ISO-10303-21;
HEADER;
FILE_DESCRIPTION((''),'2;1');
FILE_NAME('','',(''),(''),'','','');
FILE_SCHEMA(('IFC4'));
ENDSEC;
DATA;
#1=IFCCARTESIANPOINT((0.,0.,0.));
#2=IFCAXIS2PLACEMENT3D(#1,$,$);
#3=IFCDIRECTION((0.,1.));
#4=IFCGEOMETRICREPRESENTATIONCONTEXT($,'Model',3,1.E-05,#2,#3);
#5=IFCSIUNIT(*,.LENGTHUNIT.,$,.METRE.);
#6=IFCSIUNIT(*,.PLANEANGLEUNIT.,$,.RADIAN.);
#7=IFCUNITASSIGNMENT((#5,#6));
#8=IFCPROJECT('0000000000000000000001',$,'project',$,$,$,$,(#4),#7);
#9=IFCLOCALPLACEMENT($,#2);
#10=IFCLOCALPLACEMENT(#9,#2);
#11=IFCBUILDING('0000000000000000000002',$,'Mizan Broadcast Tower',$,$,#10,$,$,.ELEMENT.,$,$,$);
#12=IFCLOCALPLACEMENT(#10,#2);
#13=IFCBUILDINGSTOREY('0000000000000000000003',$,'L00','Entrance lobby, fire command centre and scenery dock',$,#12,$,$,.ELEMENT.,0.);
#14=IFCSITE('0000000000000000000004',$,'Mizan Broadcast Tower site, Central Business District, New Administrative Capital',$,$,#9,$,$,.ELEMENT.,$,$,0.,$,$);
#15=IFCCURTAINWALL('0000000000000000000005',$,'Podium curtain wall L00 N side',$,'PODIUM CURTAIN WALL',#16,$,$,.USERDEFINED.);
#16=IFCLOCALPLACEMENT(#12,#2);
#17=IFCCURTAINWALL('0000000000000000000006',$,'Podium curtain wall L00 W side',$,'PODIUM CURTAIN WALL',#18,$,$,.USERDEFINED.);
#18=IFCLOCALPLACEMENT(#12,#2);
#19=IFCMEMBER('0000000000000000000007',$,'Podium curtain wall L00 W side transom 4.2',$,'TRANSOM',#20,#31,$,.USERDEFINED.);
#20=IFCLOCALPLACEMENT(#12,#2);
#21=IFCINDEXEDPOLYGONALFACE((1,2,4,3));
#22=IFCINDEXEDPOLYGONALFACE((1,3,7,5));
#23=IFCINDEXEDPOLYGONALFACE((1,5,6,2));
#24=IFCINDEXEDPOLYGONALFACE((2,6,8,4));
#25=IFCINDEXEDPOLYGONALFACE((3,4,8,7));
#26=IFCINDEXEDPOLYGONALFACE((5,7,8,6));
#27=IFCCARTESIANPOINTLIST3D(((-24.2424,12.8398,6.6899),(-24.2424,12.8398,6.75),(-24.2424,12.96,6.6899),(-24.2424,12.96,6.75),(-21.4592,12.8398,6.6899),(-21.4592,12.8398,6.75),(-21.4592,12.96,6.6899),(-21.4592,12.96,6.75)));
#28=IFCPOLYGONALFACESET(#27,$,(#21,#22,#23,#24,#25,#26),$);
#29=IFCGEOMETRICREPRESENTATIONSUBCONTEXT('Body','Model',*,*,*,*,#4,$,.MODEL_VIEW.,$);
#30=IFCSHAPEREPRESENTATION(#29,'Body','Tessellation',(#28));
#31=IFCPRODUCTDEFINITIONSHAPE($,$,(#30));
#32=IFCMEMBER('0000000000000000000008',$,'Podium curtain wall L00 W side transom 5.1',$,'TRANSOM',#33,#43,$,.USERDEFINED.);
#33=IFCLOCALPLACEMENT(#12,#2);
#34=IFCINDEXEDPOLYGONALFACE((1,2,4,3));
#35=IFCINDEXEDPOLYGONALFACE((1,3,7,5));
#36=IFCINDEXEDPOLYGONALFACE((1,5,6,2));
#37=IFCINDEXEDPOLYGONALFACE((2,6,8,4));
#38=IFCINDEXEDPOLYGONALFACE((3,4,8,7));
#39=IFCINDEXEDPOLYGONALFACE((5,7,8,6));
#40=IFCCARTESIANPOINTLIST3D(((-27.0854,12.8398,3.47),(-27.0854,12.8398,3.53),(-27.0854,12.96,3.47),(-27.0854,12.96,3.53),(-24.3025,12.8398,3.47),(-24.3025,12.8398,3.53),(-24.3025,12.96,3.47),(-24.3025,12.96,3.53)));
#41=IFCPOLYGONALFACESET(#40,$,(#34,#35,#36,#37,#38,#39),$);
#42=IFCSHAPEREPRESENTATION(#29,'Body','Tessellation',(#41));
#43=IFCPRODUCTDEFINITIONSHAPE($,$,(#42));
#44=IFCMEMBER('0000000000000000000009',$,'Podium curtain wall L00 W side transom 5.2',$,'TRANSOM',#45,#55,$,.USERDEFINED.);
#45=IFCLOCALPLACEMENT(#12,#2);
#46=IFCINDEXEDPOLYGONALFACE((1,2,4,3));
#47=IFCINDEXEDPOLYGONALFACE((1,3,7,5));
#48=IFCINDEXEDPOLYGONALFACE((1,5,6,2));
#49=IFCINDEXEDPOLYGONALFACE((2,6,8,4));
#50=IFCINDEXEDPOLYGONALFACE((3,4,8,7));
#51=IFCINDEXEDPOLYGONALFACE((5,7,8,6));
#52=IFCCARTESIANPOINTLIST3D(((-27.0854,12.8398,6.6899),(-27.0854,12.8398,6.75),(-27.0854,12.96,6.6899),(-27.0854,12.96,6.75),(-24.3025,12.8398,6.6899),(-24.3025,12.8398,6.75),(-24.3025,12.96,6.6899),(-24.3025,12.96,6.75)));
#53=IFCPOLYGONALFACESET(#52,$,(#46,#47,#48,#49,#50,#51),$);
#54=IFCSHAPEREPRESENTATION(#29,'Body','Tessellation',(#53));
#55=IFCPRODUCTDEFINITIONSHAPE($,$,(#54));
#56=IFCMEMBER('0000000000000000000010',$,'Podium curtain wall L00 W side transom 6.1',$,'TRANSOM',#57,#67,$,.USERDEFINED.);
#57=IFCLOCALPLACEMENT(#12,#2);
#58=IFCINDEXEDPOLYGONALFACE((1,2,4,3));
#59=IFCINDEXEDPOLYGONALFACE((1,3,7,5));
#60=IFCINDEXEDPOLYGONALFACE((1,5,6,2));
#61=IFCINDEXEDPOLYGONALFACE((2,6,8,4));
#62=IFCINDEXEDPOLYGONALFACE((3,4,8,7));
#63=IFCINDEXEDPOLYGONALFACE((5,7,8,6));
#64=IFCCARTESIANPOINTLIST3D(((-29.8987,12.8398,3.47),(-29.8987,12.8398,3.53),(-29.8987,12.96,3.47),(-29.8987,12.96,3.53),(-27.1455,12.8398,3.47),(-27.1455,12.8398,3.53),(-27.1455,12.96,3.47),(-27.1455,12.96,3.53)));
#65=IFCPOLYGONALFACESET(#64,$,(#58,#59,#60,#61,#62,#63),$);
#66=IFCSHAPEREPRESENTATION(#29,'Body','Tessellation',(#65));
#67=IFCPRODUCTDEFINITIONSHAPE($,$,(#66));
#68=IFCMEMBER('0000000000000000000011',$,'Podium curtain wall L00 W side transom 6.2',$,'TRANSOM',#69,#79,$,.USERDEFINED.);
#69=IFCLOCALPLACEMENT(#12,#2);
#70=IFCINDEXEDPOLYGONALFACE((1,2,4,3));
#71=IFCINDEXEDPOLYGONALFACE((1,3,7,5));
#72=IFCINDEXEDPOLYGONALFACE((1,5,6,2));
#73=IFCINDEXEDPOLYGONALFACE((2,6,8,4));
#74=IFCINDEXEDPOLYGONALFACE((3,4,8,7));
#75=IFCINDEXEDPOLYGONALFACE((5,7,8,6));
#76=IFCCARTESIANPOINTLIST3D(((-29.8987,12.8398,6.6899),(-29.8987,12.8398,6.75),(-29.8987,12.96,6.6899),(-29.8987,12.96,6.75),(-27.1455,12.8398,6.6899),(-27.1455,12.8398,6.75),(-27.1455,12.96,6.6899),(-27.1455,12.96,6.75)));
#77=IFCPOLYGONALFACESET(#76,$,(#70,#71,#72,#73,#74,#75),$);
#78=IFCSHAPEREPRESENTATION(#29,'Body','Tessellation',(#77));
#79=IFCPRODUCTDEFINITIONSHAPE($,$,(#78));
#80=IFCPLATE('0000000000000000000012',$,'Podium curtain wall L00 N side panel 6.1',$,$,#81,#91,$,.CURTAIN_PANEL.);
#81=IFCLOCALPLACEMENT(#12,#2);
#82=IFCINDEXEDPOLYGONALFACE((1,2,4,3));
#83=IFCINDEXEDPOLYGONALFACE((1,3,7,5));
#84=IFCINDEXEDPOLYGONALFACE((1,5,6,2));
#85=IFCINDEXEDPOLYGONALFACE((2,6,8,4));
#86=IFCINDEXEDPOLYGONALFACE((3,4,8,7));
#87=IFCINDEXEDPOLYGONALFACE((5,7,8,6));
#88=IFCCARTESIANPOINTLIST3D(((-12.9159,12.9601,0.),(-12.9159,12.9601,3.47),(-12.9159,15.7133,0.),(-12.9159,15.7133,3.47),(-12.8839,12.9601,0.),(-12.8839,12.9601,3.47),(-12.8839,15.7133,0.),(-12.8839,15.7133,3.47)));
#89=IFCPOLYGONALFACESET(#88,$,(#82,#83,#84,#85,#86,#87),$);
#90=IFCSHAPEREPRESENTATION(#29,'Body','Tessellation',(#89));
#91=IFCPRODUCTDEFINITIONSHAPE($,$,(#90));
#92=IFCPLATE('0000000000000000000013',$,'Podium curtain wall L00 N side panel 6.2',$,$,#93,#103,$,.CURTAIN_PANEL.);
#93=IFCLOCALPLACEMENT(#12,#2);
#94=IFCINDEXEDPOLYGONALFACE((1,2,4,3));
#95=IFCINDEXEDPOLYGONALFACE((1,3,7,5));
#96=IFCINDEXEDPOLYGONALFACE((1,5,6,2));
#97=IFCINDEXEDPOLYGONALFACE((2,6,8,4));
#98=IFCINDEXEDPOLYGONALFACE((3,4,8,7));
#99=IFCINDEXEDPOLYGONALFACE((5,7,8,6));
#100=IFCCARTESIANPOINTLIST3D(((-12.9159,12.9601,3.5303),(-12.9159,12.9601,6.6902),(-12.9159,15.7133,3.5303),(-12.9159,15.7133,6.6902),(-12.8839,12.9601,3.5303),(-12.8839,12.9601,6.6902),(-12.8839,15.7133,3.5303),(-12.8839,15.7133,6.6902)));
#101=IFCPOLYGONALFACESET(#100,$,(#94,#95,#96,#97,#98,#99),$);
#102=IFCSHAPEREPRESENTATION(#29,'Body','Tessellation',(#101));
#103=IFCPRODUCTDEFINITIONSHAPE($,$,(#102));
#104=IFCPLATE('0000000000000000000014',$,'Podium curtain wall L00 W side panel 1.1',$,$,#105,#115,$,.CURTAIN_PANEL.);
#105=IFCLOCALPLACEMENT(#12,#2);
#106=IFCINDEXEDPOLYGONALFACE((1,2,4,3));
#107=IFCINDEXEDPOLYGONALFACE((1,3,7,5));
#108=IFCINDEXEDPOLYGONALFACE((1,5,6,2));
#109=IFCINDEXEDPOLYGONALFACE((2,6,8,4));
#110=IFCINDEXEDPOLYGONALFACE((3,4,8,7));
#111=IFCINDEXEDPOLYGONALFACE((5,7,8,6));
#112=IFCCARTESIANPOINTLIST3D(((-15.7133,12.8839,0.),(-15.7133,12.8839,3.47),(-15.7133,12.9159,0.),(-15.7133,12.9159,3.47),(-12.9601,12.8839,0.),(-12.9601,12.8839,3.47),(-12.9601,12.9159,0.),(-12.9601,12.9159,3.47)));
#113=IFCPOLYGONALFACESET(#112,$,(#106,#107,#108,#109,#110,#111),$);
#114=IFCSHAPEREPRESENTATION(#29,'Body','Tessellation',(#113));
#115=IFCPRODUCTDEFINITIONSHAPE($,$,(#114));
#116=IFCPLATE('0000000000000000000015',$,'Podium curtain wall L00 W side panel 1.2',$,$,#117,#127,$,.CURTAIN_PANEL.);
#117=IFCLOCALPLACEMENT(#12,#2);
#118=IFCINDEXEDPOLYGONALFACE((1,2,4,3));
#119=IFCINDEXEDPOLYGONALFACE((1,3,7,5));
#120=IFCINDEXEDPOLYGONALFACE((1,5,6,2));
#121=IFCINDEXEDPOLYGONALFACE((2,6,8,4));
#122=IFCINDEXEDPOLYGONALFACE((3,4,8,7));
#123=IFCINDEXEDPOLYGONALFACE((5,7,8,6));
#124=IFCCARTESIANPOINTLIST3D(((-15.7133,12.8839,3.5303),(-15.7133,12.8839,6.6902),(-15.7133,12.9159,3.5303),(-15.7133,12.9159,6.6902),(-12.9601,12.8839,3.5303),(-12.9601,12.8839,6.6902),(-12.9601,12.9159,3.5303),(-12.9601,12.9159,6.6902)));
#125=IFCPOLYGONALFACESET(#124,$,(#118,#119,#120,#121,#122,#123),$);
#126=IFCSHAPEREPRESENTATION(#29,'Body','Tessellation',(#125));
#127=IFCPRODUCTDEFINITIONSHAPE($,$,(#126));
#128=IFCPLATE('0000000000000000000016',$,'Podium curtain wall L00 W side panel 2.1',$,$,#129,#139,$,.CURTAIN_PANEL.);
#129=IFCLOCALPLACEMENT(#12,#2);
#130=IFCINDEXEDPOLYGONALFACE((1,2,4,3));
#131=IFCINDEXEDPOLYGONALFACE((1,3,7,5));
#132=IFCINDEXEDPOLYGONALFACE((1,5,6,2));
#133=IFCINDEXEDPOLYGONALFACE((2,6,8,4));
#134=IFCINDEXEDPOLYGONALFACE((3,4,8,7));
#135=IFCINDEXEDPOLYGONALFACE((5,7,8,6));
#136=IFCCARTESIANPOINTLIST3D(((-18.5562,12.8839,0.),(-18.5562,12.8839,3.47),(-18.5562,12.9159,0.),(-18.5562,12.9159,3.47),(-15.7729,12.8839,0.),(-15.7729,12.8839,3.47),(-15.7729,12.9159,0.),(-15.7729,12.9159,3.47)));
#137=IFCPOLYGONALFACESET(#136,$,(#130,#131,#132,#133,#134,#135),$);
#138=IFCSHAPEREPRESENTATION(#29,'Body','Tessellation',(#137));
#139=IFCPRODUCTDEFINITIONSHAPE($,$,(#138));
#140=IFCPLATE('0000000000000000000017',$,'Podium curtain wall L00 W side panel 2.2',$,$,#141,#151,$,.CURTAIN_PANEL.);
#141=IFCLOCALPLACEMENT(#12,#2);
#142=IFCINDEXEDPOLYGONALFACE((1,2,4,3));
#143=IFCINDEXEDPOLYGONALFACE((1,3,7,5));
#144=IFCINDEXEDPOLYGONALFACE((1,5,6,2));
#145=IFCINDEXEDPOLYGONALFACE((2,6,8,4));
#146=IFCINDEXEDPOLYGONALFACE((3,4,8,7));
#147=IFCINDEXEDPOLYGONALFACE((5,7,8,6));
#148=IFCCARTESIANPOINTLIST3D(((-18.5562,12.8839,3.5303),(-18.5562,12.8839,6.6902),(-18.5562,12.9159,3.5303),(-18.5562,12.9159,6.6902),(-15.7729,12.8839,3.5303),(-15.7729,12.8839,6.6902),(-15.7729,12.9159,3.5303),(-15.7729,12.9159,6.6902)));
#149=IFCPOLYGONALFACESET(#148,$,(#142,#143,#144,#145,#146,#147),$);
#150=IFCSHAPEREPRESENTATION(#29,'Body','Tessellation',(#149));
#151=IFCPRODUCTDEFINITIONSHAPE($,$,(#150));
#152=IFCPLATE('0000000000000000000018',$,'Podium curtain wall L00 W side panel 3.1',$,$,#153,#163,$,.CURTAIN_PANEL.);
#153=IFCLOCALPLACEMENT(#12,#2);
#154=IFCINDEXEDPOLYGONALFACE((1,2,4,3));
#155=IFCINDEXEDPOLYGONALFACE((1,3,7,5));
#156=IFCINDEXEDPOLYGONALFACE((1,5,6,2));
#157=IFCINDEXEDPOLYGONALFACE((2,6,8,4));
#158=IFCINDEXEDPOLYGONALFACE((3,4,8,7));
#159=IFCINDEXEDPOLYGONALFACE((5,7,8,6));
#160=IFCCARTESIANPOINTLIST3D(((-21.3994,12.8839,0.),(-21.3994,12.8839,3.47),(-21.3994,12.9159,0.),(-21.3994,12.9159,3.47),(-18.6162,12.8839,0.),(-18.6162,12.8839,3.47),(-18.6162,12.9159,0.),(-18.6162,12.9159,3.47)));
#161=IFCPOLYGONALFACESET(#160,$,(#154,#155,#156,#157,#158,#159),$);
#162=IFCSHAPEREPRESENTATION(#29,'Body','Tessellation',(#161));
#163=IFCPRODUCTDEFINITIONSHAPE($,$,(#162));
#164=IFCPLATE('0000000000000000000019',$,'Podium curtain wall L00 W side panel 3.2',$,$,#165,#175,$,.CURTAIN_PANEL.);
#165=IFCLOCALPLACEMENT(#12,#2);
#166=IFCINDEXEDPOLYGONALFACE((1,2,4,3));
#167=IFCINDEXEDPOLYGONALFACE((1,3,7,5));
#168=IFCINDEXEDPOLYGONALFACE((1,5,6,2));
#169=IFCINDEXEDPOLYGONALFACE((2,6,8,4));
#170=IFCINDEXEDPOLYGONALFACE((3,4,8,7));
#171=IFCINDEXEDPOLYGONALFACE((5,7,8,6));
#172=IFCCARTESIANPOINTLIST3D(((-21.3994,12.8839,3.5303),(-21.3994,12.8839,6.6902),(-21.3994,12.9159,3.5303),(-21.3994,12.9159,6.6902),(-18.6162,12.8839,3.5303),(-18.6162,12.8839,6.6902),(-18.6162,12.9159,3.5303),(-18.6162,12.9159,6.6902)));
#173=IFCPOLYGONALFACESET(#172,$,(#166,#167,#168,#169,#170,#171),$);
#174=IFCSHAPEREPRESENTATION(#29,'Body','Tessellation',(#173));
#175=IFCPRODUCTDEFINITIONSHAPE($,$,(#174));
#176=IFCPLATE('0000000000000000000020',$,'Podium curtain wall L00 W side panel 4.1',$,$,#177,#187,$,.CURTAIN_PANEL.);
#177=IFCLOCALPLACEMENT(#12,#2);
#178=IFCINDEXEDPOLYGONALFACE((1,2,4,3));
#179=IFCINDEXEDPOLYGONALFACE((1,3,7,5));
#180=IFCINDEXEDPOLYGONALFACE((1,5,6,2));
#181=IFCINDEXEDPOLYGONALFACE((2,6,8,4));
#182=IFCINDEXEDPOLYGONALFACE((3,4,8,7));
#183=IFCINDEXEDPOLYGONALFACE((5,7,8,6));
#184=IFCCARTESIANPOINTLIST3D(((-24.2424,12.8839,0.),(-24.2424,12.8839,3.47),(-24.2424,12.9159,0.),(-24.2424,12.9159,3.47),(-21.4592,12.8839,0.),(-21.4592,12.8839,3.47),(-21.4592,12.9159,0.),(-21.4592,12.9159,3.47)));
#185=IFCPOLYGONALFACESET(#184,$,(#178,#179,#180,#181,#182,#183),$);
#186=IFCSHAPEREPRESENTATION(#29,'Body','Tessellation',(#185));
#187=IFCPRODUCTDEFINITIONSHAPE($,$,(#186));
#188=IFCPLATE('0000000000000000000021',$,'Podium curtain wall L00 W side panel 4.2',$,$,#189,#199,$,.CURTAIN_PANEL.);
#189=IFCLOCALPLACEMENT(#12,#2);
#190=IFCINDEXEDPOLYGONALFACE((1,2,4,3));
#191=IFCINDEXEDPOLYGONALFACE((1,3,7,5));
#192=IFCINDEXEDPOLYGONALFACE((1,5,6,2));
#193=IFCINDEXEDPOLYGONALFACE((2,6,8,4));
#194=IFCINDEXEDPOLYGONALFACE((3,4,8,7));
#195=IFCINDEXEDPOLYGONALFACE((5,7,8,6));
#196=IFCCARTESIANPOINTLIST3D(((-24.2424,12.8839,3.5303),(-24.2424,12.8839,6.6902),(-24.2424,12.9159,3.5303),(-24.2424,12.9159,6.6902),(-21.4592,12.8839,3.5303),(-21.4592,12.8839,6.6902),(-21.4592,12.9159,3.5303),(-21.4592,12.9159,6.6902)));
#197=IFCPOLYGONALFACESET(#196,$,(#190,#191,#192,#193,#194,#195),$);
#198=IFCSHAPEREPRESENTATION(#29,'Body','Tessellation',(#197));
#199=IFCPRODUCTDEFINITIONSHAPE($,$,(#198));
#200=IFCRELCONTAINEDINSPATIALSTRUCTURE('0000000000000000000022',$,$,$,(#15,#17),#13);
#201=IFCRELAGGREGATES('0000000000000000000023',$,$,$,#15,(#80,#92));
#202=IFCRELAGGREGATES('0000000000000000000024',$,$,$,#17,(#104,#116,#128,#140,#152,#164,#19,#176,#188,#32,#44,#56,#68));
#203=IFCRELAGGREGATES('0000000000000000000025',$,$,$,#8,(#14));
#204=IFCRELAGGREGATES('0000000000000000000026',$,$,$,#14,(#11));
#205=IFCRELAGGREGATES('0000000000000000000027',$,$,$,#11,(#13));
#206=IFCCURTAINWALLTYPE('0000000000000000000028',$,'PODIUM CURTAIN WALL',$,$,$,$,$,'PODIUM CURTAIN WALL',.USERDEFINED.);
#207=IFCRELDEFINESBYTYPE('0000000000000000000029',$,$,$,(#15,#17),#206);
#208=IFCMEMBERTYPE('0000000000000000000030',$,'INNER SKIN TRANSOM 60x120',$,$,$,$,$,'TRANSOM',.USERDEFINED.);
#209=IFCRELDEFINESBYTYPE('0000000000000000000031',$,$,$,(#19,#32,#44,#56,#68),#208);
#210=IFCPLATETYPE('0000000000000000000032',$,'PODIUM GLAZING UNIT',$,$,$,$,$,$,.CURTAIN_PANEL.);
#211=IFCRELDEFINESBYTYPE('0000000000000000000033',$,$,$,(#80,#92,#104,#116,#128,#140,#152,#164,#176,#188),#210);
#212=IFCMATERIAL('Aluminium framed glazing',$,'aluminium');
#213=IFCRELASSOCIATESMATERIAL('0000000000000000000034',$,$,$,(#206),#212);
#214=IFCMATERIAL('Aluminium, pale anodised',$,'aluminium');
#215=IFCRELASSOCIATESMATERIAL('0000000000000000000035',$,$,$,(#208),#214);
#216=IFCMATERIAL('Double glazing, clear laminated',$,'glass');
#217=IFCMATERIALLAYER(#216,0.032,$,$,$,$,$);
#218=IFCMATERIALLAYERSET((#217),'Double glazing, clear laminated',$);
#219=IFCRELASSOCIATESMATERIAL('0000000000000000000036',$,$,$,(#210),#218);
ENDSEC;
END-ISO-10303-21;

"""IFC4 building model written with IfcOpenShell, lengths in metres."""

from ifc_helpers import new_model, si_unit, direction, frame, origin, origin_2d, place, context, subcontext, project, spatial, rectangle, extrude, material, layer, layer_set, material_profile, profile_set, type_object, element, aggregate, save


model = new_model("IFC4")

# Units and contexts
model_context = context("Model", 3, precision=1e-05, world=origin(), true_north=direction((0.0, 1.0)))
body_context = subcontext(model_context, "Body", "Model", "MODEL_VIEW")
ifc_project = project(units=[si_unit("LENGTHUNIT", "METRE"), si_unit("PLANEANGLEUNIT", "RADIAN")], contexts=[model_context])

# Site, building, storey
site_placement = place(None, origin())
site = spatial("IfcSite", under=ifc_project, at=site_placement, Name="Mizan Broadcast Tower site, Central Business District, New Administrative Capital", CompositionType="ELEMENT", RefElevation=0.0)
building_placement = place(site_placement, origin())
building = spatial("IfcBuilding", under=site, at=building_placement, Name="Mizan Broadcast Tower", CompositionType="ELEMENT")
storey_placement = place(building_placement, origin())
storey = spatial("IfcBuildingStorey", under=building, at=storey_placement, Name="L00", Description="Entrance lobby, fire command centre and scenery dock", CompositionType="ELEMENT", Elevation=0.0)

# Curtain wall
ifc_material_1 = material(Name="Aluminium framed glazing", Category="aluminium")
curtain_wall_type = type_object("IfcCurtainWallType", Name="PODIUM CURTAIN WALL", ElementType="PODIUM CURTAIN WALL", PredefinedType="USERDEFINED", material=ifc_material_1)
curtain_wall_1_placement = place(storey_placement, origin())
curtain_wall_1 = element("IfcCurtainWall", 1, at=curtain_wall_1_placement, inside=storey, type_object=curtain_wall_type, Name="Podium curtain wall L00 N side", ObjectType="PODIUM CURTAIN WALL", PredefinedType="USERDEFINED")

# Curtain wall
curtain_wall_2_placement = place(storey_placement, origin())
curtain_wall_2 = element("IfcCurtainWall", 2, at=curtain_wall_2_placement, inside=storey, type_object=curtain_wall_type, Name="Podium curtain wall L00 W side", ObjectType="PODIUM CURTAIN WALL", PredefinedType="USERDEFINED")

# Members
ifc_material_2 = material(Name="Aluminium, pale anodised", Category="aluminium")
ifc_material_profile_1 = material_profile(ifc_material_2, rectangle(XDim=0.1201, YDim=0.0601, at=origin_2d()), Name="TRANSOM 120x60")
ifc_profile_set_1 = profile_set([ifc_material_profile_1], Name="Aluminium, pale anodised")
member_type_1 = type_object("IfcMemberType", Name="INNER SKIN TRANSOM 60x120", ElementType="TRANSOM", PredefinedType="USERDEFINED", material=ifc_profile_set_1)
member_1_placement = place(storey_placement, frame((-21.4592, 12.8999, 6.72), z_axis=(-1.0, 0.0, 0.0), x_axis=(0.0, -1.0, 0.0)))
member_1 = element("IfcMember", 3, at=member_1_placement, type_object=member_type_1, Name="Podium curtain wall L00 W side transom 4.2", ObjectType="TRANSOM", PredefinedType="USERDEFINED", context=body_context, shape_type="SweptSolid", body=[
    extrude(rectangle(XDim=0.1201, YDim=0.0601, at=origin_2d()), origin(), (0.0, 0.0, 1.0), 2.7832),
])
member_2_placement = place(storey_placement, frame((-24.3025, 12.8999, 3.5), z_axis=(-1.0, 0.0, 0.0), x_axis=(0.0, -1.0, 0.0)))
member_2 = element("IfcMember", 4, at=member_2_placement, type_object=member_type_1, Name="Podium curtain wall L00 W side transom 5.1", ObjectType="TRANSOM", PredefinedType="USERDEFINED", context=body_context, shape_type="SweptSolid", body=[
    extrude(rectangle(XDim=0.1201, YDim=0.0601, at=origin_2d()), origin(), (0.0, 0.0, 1.0), 2.783),
])
member_3_placement = place(storey_placement, frame((-24.3025, 12.8999, 6.72), z_axis=(-1.0, 0.0, 0.0), x_axis=(0.0, -1.0, 0.0)))
member_3 = element("IfcMember", 5, at=member_3_placement, type_object=member_type_1, Name="Podium curtain wall L00 W side transom 5.2", ObjectType="TRANSOM", PredefinedType="USERDEFINED", context=body_context, shape_type="SweptSolid", body=[
    extrude(rectangle(XDim=0.1201, YDim=0.0601, at=origin_2d()), origin(), (0.0, 0.0, 1.0), 2.783),
])
member_4_placement = place(storey_placement, frame((-27.1455, 12.8999, 3.5), z_axis=(-1.0, 0.0, 0.0), x_axis=(0.0, -1.0, 0.0)))
member_4 = element("IfcMember", 6, at=member_4_placement, type_object=member_type_1, Name="Podium curtain wall L00 W side transom 6.1", ObjectType="TRANSOM", PredefinedType="USERDEFINED", context=body_context, shape_type="SweptSolid", body=[
    extrude(rectangle(XDim=0.1201, YDim=0.0601, at=origin_2d()), origin(), (0.0, 0.0, 1.0), 2.7532),
])
member_5_placement = place(storey_placement, frame((-27.1455, 12.8999, 6.72), z_axis=(-1.0, 0.0, 0.0), x_axis=(0.0, -1.0, 0.0)))
member_5 = element("IfcMember", 7, at=member_5_placement, type_object=member_type_1, Name="Podium curtain wall L00 W side transom 6.2", ObjectType="TRANSOM", PredefinedType="USERDEFINED", context=body_context, shape_type="SweptSolid", body=[
    extrude(rectangle(XDim=0.1201, YDim=0.0601, at=origin_2d()), origin(), (0.0, 0.0, 1.0), 2.7532),
])

# Plates
ifc_material_3 = material(Name="Double glazing, clear laminated", Category="glass")
ifc_layer_1 = layer(ifc_material_3, 0.032)
ifc_layer_set_1 = layer_set([ifc_layer_1], Name="Double glazing, clear laminated")
plate_type = type_object("IfcPlateType", Name="PODIUM GLAZING UNIT", PredefinedType="CURTAIN_PANEL", material=ifc_layer_set_1)
plate_1_placement = place(storey_placement, frame((-12.8999, 14.3367, 0.0), z_axis=(0.0, 0.0, 1.0), x_axis=(0.0, -1.0, 0.0)))
plate_1 = element("IfcPlate", 8, at=plate_1_placement, type_object=plate_type, Name="Podium curtain wall L00 N side panel 6.1", PredefinedType="CURTAIN_PANEL", context=body_context, shape_type="SweptSolid", body=[
    extrude(rectangle(XDim=2.7532, YDim=0.032, at=origin_2d()), origin(), (0.0, 0.0, 1.0), 3.47),
])
plate_2_placement = place(storey_placement, frame((-12.8999, 14.3367, 3.5303), z_axis=(0.0, 0.0, 1.0), x_axis=(0.0, -1.0, 0.0)))
plate_2 = element("IfcPlate", 9, at=plate_2_placement, type_object=plate_type, Name="Podium curtain wall L00 N side panel 6.2", PredefinedType="CURTAIN_PANEL", context=body_context, shape_type="SweptSolid", body=[
    extrude(rectangle(XDim=2.7532, YDim=0.032, at=origin_2d()), origin(), (0.0, 0.0, 1.0), 3.1599),
])
aggregate(curtain_wall_1, [plate_1, plate_2])
plate_3_placement = place(storey_placement, frame((-14.3367, 12.8999, 0.0), z_axis=(0.0, 0.0, 1.0), x_axis=(-1.0, 0.0, 0.0)))
plate_3 = element("IfcPlate", 10, at=plate_3_placement, type_object=plate_type, Name="Podium curtain wall L00 W side panel 1.1", PredefinedType="CURTAIN_PANEL", context=body_context, shape_type="SweptSolid", body=[
    extrude(rectangle(XDim=2.7532, YDim=0.032, at=origin_2d()), origin(), (0.0, 0.0, 1.0), 3.47),
])
plate_4_placement = place(storey_placement, frame((-14.3367, 12.8999, 3.5303), z_axis=(0.0, 0.0, 1.0), x_axis=(-1.0, 0.0, 0.0)))
plate_4 = element("IfcPlate", 11, at=plate_4_placement, type_object=plate_type, Name="Podium curtain wall L00 W side panel 1.2", PredefinedType="CURTAIN_PANEL", context=body_context, shape_type="SweptSolid", body=[
    extrude(rectangle(XDim=2.7532, YDim=0.032, at=origin_2d()), origin(), (0.0, 0.0, 1.0), 3.1599),
])
plate_5_placement = place(storey_placement, frame((-17.1646, 12.8999, 0.0), z_axis=(0.0, 0.0, 1.0), x_axis=(-1.0, 0.0, 0.0)))
plate_5 = element("IfcPlate", 12, at=plate_5_placement, type_object=plate_type, Name="Podium curtain wall L00 W side panel 2.1", PredefinedType="CURTAIN_PANEL", context=body_context, shape_type="SweptSolid", body=[
    extrude(rectangle(XDim=2.7832, YDim=0.032, at=origin_2d()), origin(), (0.0, 0.0, 1.0), 3.47),
])
plate_6_placement = place(storey_placement, frame((-17.1646, 12.8999, 3.5303), z_axis=(0.0, 0.0, 1.0), x_axis=(-1.0, 0.0, 0.0)))
plate_6 = element("IfcPlate", 13, at=plate_6_placement, type_object=plate_type, Name="Podium curtain wall L00 W side panel 2.2", PredefinedType="CURTAIN_PANEL", context=body_context, shape_type="SweptSolid", body=[
    extrude(rectangle(XDim=2.7832, YDim=0.032, at=origin_2d()), origin(), (0.0, 0.0, 1.0), 3.1599),
])
plate_7_placement = place(storey_placement, frame((-20.0078, 12.8999, 0.0), z_axis=(0.0, 0.0, 1.0), x_axis=(-1.0, 0.0, 0.0)))
plate_7 = element("IfcPlate", 14, at=plate_7_placement, type_object=plate_type, Name="Podium curtain wall L00 W side panel 3.1", PredefinedType="CURTAIN_PANEL", context=body_context, shape_type="SweptSolid", body=[
    extrude(rectangle(XDim=2.7832, YDim=0.032, at=origin_2d()), origin(), (0.0, 0.0, 1.0), 3.47),
])
plate_8_placement = place(storey_placement, frame((-20.0078, 12.8999, 3.5303), z_axis=(0.0, 0.0, 1.0), x_axis=(-1.0, 0.0, 0.0)))
plate_8 = element("IfcPlate", 15, at=plate_8_placement, type_object=plate_type, Name="Podium curtain wall L00 W side panel 3.2", PredefinedType="CURTAIN_PANEL", context=body_context, shape_type="SweptSolid", body=[
    extrude(rectangle(XDim=2.7832, YDim=0.032, at=origin_2d()), origin(), (0.0, 0.0, 1.0), 3.1599),
])
plate_9_placement = place(storey_placement, frame((-22.8508, 12.8999, 0.0), z_axis=(0.0, 0.0, 1.0), x_axis=(-1.0, 0.0, 0.0)))
plate_9 = element("IfcPlate", 16, at=plate_9_placement, type_object=plate_type, Name="Podium curtain wall L00 W side panel 4.1", PredefinedType="CURTAIN_PANEL", context=body_context, shape_type="SweptSolid", body=[
    extrude(rectangle(XDim=2.7832, YDim=0.032, at=origin_2d()), origin(), (0.0, 0.0, 1.0), 3.47),
])
plate_10_placement = place(storey_placement, frame((-22.8508, 12.8999, 3.5303), z_axis=(0.0, 0.0, 1.0), x_axis=(-1.0, 0.0, 0.0)))
plate_10 = element("IfcPlate", 17, at=plate_10_placement, type_object=plate_type, Name="Podium curtain wall L00 W side panel 4.2", PredefinedType="CURTAIN_PANEL", context=body_context, shape_type="SweptSolid", body=[
    extrude(rectangle(XDim=2.7832, YDim=0.032, at=origin_2d()), origin(), (0.0, 0.0, 1.0), 3.1599),
])
aggregate(curtain_wall_2, [plate_3, plate_4, plate_5, plate_6, plate_7, plate_8, member_1, plate_9, plate_10, member_2, member_3, member_4, member_5])

save(model, "model.ifc")
